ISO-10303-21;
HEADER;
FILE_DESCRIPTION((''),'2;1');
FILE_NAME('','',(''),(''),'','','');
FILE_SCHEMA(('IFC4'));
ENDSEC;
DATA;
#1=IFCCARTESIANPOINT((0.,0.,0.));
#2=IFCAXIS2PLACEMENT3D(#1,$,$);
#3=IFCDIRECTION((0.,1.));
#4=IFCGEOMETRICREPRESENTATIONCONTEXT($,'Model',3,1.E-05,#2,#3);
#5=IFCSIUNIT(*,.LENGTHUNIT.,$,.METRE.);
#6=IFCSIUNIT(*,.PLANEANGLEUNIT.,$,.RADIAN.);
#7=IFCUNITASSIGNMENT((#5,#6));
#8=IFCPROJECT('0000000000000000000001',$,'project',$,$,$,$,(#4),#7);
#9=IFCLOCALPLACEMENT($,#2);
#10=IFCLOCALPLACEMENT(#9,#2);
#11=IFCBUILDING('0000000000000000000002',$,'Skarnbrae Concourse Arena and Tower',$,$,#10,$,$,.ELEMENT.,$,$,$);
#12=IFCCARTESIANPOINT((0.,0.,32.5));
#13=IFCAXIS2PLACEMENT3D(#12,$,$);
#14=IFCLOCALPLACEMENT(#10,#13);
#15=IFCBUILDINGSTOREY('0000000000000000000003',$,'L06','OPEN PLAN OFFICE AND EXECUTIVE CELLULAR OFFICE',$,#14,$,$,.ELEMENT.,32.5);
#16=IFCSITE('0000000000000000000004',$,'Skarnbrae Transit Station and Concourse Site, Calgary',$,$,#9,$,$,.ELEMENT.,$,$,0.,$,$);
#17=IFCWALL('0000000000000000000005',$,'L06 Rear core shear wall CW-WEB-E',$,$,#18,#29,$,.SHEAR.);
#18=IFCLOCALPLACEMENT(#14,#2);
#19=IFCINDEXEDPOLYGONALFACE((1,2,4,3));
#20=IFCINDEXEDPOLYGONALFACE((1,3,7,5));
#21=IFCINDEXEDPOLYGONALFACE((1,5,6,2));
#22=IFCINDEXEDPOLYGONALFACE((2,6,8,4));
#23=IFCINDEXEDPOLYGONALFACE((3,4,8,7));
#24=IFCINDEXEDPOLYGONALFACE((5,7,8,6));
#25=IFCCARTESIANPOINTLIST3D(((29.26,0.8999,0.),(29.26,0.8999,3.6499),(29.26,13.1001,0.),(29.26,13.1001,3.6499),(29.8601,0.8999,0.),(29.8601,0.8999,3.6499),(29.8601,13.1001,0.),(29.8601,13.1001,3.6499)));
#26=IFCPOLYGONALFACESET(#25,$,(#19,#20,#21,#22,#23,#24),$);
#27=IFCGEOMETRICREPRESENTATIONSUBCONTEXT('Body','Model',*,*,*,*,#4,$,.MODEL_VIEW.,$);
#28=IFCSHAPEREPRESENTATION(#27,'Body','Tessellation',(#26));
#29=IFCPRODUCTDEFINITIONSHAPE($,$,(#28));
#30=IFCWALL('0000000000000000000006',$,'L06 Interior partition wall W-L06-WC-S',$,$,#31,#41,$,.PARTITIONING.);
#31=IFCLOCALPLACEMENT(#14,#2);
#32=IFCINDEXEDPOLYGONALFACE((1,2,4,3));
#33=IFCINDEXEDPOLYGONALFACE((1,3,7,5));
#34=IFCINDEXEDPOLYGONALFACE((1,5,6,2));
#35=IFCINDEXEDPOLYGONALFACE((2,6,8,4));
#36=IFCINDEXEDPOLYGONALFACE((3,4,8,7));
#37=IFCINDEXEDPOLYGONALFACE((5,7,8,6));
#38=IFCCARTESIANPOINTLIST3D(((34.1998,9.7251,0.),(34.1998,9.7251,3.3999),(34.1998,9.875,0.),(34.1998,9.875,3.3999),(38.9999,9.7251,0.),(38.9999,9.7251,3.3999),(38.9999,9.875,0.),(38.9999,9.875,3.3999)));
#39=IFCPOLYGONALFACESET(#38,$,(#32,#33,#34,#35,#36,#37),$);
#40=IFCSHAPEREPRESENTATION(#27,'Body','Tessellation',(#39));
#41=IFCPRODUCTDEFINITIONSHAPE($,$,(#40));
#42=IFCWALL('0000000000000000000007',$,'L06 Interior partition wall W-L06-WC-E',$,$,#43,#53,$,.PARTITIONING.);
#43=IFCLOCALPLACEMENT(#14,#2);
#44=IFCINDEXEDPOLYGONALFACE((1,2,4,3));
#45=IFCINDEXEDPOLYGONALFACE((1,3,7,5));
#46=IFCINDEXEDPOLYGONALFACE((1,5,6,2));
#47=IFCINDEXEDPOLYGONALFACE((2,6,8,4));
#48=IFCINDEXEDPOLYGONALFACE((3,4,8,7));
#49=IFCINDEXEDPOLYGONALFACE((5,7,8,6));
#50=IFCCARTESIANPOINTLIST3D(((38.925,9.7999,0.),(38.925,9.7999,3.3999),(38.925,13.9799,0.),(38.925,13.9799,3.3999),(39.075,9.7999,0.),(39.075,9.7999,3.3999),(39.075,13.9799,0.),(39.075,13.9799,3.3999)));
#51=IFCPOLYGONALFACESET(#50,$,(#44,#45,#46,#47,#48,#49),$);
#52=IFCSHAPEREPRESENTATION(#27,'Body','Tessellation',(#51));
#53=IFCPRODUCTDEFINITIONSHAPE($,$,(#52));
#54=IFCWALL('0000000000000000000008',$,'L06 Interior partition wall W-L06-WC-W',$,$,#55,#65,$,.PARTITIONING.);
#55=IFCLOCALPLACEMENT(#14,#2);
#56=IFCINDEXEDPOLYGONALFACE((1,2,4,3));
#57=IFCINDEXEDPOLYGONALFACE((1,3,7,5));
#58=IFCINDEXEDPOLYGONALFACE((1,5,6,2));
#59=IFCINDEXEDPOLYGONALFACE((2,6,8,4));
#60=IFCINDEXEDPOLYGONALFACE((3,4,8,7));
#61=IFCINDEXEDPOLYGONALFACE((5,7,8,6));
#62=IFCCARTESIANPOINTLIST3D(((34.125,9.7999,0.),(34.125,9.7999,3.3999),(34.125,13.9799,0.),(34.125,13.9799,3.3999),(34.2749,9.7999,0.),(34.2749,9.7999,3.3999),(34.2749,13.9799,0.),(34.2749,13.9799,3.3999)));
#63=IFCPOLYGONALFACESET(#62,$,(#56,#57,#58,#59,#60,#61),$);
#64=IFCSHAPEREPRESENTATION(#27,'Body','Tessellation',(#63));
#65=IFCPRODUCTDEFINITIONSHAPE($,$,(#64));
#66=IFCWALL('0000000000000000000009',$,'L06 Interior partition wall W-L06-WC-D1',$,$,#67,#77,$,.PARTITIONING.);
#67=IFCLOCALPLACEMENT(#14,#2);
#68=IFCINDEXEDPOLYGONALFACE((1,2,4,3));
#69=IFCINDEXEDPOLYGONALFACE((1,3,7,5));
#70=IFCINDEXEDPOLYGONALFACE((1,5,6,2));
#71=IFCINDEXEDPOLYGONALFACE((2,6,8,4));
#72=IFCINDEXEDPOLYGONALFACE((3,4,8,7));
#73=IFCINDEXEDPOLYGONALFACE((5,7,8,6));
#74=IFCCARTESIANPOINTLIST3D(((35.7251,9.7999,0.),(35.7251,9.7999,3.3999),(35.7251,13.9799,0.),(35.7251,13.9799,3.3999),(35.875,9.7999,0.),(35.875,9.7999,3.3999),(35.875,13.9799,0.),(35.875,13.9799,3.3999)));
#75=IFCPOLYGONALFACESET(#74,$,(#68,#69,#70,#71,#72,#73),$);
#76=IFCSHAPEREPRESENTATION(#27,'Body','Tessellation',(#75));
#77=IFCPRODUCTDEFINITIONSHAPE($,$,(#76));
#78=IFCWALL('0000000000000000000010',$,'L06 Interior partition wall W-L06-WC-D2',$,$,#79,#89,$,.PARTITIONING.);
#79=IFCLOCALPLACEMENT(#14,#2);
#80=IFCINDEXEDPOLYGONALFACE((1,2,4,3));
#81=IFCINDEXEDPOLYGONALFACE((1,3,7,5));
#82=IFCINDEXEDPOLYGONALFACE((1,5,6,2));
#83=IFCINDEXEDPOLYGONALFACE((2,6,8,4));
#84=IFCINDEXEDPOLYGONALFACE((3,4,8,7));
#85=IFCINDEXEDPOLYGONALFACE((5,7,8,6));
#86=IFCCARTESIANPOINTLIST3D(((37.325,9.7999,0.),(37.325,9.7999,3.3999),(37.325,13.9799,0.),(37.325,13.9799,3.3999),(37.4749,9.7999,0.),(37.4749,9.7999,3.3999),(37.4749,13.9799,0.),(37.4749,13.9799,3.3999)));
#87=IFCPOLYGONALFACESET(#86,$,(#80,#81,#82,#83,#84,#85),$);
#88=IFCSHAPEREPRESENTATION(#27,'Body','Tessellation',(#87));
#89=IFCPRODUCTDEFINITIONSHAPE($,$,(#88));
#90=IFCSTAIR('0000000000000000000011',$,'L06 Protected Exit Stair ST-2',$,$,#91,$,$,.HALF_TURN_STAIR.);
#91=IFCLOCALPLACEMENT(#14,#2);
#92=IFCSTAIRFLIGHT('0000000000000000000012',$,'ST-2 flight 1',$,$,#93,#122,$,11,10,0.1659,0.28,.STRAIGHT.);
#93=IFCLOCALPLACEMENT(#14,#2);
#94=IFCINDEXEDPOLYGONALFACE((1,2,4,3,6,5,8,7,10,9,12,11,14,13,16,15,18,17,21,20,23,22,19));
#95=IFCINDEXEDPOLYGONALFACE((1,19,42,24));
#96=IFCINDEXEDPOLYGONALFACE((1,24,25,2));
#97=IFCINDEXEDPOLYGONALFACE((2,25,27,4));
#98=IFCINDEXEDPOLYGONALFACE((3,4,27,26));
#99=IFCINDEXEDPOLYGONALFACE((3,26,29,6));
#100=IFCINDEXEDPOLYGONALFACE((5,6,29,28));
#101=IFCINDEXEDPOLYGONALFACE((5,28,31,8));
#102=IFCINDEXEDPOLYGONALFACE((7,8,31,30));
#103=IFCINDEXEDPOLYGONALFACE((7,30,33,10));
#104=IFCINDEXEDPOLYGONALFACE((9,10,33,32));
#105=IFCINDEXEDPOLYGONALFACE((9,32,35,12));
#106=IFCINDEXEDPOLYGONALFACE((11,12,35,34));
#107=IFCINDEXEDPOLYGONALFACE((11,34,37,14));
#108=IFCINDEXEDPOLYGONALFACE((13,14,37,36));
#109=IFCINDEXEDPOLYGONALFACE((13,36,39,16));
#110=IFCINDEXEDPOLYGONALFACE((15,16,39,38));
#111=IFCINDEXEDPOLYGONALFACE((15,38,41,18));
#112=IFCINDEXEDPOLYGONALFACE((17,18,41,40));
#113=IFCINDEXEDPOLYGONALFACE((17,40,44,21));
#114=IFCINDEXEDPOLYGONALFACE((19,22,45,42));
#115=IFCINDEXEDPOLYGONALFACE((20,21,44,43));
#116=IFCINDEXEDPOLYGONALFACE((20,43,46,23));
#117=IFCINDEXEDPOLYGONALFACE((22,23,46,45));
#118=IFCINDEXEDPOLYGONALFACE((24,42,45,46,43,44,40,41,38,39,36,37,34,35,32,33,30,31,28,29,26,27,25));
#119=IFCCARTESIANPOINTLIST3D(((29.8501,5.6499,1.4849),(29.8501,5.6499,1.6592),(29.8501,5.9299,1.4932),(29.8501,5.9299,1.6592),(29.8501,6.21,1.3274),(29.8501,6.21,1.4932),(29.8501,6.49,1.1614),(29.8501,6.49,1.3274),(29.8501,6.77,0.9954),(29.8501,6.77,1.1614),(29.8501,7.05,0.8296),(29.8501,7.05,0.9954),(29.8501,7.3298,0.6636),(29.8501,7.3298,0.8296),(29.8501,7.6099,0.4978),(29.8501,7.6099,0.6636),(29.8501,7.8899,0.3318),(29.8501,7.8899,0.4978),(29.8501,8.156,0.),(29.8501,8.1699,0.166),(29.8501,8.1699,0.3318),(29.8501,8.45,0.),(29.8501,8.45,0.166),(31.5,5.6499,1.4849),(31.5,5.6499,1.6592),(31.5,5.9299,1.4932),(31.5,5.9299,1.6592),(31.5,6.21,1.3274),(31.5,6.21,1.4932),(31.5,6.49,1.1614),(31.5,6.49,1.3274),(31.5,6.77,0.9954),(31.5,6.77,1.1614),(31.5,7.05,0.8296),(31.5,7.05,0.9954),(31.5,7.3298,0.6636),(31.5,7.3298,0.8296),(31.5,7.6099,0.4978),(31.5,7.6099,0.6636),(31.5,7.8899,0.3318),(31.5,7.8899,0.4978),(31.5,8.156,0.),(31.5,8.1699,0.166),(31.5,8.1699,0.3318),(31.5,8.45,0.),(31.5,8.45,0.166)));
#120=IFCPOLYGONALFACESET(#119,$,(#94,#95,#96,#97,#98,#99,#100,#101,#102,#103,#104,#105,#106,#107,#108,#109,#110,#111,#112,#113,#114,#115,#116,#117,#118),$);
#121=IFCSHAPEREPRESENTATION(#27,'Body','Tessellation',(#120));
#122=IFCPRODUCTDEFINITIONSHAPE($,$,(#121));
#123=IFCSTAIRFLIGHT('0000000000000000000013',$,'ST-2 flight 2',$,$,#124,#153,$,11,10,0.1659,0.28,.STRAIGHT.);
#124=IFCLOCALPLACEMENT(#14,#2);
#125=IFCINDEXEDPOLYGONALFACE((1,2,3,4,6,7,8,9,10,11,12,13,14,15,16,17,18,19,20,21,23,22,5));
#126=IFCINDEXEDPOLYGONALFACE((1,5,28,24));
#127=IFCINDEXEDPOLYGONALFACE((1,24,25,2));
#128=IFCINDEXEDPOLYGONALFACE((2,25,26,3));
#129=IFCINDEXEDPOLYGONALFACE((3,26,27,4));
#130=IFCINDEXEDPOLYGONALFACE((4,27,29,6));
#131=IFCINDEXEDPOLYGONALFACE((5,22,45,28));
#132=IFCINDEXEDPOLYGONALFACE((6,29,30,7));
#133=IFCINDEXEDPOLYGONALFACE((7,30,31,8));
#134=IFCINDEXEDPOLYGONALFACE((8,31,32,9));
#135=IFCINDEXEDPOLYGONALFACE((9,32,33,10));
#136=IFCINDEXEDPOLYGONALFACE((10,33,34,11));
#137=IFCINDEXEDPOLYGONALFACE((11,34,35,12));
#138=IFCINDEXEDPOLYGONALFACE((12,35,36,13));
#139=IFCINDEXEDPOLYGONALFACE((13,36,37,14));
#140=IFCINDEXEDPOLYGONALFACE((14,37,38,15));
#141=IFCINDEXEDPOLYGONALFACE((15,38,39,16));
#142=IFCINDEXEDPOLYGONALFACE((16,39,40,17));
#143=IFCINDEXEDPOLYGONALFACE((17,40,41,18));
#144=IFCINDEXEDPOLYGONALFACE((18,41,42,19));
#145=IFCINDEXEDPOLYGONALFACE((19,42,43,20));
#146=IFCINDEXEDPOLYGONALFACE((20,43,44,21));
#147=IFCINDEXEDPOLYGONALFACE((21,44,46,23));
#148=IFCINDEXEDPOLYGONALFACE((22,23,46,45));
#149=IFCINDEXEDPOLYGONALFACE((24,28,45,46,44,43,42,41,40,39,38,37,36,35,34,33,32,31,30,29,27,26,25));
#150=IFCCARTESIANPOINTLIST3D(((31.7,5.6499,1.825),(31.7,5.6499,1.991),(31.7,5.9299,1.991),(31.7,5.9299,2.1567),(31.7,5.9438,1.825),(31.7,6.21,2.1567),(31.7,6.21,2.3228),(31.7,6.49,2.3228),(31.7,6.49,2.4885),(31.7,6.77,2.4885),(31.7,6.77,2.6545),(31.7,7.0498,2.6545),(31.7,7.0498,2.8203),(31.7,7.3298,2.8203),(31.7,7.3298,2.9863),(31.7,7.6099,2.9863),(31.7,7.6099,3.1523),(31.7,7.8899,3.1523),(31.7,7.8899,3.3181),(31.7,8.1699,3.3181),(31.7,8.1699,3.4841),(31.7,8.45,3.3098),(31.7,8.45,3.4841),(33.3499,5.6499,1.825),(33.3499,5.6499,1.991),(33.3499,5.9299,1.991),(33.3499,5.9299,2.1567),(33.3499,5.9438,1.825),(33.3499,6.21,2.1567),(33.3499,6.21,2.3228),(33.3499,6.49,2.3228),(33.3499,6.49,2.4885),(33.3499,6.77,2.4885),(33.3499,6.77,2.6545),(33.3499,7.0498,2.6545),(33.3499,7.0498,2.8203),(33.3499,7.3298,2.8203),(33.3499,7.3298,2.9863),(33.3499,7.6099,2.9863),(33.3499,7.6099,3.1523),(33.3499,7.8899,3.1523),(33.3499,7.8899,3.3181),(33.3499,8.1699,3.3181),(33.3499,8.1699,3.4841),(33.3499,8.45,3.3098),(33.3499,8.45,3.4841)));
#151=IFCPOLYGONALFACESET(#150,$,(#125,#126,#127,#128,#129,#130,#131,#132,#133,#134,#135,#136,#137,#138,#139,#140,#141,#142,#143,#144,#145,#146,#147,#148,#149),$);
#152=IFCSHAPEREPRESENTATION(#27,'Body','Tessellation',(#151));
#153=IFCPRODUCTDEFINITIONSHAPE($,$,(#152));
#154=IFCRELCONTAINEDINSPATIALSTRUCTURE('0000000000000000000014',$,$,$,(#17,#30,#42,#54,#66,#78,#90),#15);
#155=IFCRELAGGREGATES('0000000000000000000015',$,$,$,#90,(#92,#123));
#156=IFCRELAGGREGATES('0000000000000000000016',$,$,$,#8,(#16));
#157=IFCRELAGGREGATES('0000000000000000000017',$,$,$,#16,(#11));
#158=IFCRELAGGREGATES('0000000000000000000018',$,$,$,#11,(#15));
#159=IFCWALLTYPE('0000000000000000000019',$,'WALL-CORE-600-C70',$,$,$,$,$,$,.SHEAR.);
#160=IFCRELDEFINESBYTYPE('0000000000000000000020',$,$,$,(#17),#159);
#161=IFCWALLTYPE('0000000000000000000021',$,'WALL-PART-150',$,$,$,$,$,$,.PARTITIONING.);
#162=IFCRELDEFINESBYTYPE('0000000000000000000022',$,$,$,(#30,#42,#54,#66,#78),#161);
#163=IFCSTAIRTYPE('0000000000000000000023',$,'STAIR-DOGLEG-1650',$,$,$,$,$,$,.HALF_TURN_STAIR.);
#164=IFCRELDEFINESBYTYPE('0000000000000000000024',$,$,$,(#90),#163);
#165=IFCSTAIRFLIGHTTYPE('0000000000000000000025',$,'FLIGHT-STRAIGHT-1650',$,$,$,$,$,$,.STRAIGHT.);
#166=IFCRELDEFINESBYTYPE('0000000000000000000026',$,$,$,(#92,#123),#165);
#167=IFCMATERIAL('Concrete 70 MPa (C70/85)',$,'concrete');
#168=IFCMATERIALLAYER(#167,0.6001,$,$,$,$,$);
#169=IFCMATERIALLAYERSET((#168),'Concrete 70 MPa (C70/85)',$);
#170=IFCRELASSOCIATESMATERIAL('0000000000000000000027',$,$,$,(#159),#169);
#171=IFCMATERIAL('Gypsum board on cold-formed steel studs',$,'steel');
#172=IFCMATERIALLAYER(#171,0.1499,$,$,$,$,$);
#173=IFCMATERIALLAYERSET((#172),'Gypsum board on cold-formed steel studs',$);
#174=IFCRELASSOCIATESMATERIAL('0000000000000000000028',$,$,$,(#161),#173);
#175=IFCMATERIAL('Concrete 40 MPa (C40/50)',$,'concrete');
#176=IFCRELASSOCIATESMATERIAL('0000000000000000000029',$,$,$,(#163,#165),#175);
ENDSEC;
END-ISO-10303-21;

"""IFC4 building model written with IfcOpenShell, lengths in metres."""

from ifc_helpers import new_model, si_unit, direction, frame, frame_2d, origin, place, context, subcontext, project, spatial, polyline, rectangle, outline, extrude, source, transform, mapped, material, layer, layer_set, type_object, element, aggregate, save


model = new_model("IFC4")

# Units and contexts
model_context = context("Model", 3, precision=1e-05, world=origin(), true_north=direction((0.0, 1.0)))
body_context = subcontext(model_context, "Body", "Model", "MODEL_VIEW")
ifc_project = project(units=[si_unit("LENGTHUNIT", "METRE"), si_unit("PLANEANGLEUNIT", "RADIAN")], contexts=[model_context])

# Site, building, storey
site_placement = place(None, origin())
site = spatial("IfcSite", under=ifc_project, at=site_placement, Name="Skarnbrae Transit Station and Concourse Site, Calgary", CompositionType="ELEMENT", RefElevation=0.0)
building_placement = place(site_placement, origin())
building = spatial("IfcBuilding", under=site, at=building_placement, Name="Skarnbrae Concourse Arena and Tower", CompositionType="ELEMENT")
storey_placement = place(building_placement, frame((0.0, 0.0, 32.5)))
storey = spatial("IfcBuildingStorey", under=building, at=storey_placement, Name="L06", Description="OPEN PLAN OFFICE AND EXECUTIVE CELLULAR OFFICE", CompositionType="ELEMENT", Elevation=32.5)

# Wall
ifc_material_1 = material(Name="Concrete 70 MPa (C70/85)", Category="concrete")
ifc_layer_1 = layer(ifc_material_1, 0.6001)
ifc_layer_set_1 = layer_set([ifc_layer_1], Name="Concrete 70 MPa (C70/85)")
wall_type_1 = type_object("IfcWallType", Name="WALL-CORE-600-C70", PredefinedType="SHEAR", material=ifc_layer_set_1)
shared_shape_1 = source(origin(), body_context, "Body", "SweptSolid", [
    extrude(rectangle(XDim=12.2002, YDim=0.6001, at=frame_2d((6.1001, 0.0))), origin(), (0.0, 0.0, 1.0), 3.6499),
])
wall_1_placement = place(storey_placement, frame((29.5601, 0.8999, 0.0), z_axis=(0.0, 0.0, 1.0), x_axis=(0.0, 1.0, 0.0)))
element("IfcWall", 1, at=wall_1_placement, inside=storey, type_object=wall_type_1, Name="L06 Rear core shear wall CW-WEB-E", PredefinedType="SHEAR", context=body_context, shape_type="MappedRepresentation", body=[
    mapped(shared_shape_1, transform((0.0, 0.0, 0.0))),
])

# Walls
ifc_material_2 = material(Name="Gypsum board on cold-formed steel studs", Category="steel")
ifc_layer_2 = layer(ifc_material_2, 0.1499)
ifc_layer_set_2 = layer_set([ifc_layer_2], Name="Gypsum board on cold-formed steel studs")
wall_type_2 = type_object("IfcWallType", Name="WALL-PART-150", PredefinedType="PARTITIONING", material=ifc_layer_set_2)
shared_shape_2 = source(origin(), body_context, "Body", "SweptSolid", [
    extrude(rectangle(XDim=4.8, YDim=0.1499, at=frame_2d((2.3999, 0.0))), origin(), (0.0, 0.0, 1.0), 3.3999),
])
wall_2_placement = place(storey_placement, frame((34.2, 9.8, 0.0), z_axis=(0.0, 0.0, 1.0), x_axis=(1.0, 0.0, 0.0)))
element("IfcWall", 2, at=wall_2_placement, inside=storey, type_object=wall_type_2, Name="L06 Interior partition wall W-L06-WC-S", PredefinedType="PARTITIONING", context=body_context, shape_type="MappedRepresentation", body=[
    mapped(shared_shape_2, transform((0.0, 0.0, 0.0))),
])
shared_shape_3 = source(origin(), body_context, "Body", "SweptSolid", [
    extrude(rectangle(XDim=4.1799, YDim=0.1499, at=frame_2d((2.0898, 0.0))), origin(), (0.0, 0.0, 1.0), 3.3999),
])
for number, where, z_axis, x_axis, name in (
    (3, (39.0, 9.8, 0.0), (0.0, 0.0, 1.0), (0.0, 1.0, 0.0), "L06 Interior partition wall W-L06-WC-E"),
    (4, (34.2, 9.8, 0.0), (0.0, 0.0, 1.0), (0.0, 1.0, 0.0), "L06 Interior partition wall W-L06-WC-W"),
    (5, (35.8, 9.8, 0.0), (0.0, 0.0, 1.0), (0.0, 1.0, 0.0), "L06 Interior partition wall W-L06-WC-D1"),
    (6, (37.3999, 9.8, 0.0), (0.0, 0.0, 1.0), (0.0, 1.0, 0.0), "L06 Interior partition wall W-L06-WC-D2"),
):
    element("IfcWall", number, at=place(storey_placement, frame(where, z_axis=z_axis, x_axis=x_axis)), inside=storey, type_object=wall_type_2, Name=name, PredefinedType="PARTITIONING", context=body_context, shape_type="MappedRepresentation", body=[
        mapped(shared_shape_3, transform((0.0, 0.0, 0.0))),
    ])

# Stair, stair flights
ifc_material_3 = material(Name="Concrete 40 MPa (C40/50)", Category="concrete")
stair_type = type_object("IfcStairType", Name="STAIR-DOGLEG-1650", PredefinedType="HALF_TURN_STAIR", material=ifc_material_3)
stair_placement = place(storey_placement, origin())
stair = element("IfcStair", 7, at=stair_placement, inside=storey, type_object=stair_type, Name="L06 Protected Exit Stair ST-2", PredefinedType="HALF_TURN_STAIR")
stair_flight_type = type_object("IfcStairFlightType", Name="FLIGHT-STRAIGHT-1650", PredefinedType="STRAIGHT", material=ifc_material_3)
shared_shape_4 = source(origin(), body_context, "Body", "SweptSolid", [
    extrude(outline(polyline([(0.0, 0.0), (0.0, 0.166), (0.28, 0.166), (0.28, 0.3318), (0.5601, 0.3318), (0.5601, 0.4978), (0.8401, 0.4978), (0.8401, 0.6636), (1.1201, 0.6636), (1.1201, 0.8296), (1.3999, 0.8296), (1.3999, 0.9954), (1.6799, 0.9954), (1.6799, 1.1614), (1.96, 1.1614), (1.96, 1.3274), (2.24, 1.3274), (2.24, 1.4932), (2.52, 1.4932), (2.52, 1.6592), (2.8, 1.6592), (2.8, 1.825), (2.8, 1.4849), (0.2939, 0.0), (0.0, 0.0)])), frame((0.0, 0.825, 0.0), z_axis=(0.0, -1.0, 0.0), x_axis=(1.0, 0.0, 0.0)), (0.0, 0.0, 1.0), 1.6499),
])
stair_flight_1_placement = place(storey_placement, frame((30.675, 8.45, 0.0), z_axis=(0.0, 0.0, 1.0), x_axis=(0.0, -1.0, 0.0)))
stair_flight_1 = element("IfcStairFlight", 8, at=stair_flight_1_placement, type_object=stair_flight_type, Name="ST-2 flight 1", NumberOfRisers=11, NumberOfTreads=10, PredefinedType="STRAIGHT", RiserHeight=0.1659, TreadLength=0.28, context=body_context, shape_type="MappedRepresentation", body=[
    mapped(shared_shape_4, transform((0.0, 0.0, 0.0))),
])
stair_flight_2_placement = place(storey_placement, frame((32.5249, 5.6499, 1.825), z_axis=(0.0, 0.0, 1.0), x_axis=(0.0, 1.0, 0.0)))
stair_flight_2 = element("IfcStairFlight", 9, at=stair_flight_2_placement, type_object=stair_flight_type, Name="ST-2 flight 2", NumberOfRisers=11, NumberOfTreads=10, PredefinedType="STRAIGHT", RiserHeight=0.1659, TreadLength=0.28, context=body_context, shape_type="MappedRepresentation", body=[
    mapped(shared_shape_4, transform((0.0, 0.0, 0.0))),
])
aggregate(stair, [stair_flight_1, stair_flight_2])

save(model, "model.ifc")
